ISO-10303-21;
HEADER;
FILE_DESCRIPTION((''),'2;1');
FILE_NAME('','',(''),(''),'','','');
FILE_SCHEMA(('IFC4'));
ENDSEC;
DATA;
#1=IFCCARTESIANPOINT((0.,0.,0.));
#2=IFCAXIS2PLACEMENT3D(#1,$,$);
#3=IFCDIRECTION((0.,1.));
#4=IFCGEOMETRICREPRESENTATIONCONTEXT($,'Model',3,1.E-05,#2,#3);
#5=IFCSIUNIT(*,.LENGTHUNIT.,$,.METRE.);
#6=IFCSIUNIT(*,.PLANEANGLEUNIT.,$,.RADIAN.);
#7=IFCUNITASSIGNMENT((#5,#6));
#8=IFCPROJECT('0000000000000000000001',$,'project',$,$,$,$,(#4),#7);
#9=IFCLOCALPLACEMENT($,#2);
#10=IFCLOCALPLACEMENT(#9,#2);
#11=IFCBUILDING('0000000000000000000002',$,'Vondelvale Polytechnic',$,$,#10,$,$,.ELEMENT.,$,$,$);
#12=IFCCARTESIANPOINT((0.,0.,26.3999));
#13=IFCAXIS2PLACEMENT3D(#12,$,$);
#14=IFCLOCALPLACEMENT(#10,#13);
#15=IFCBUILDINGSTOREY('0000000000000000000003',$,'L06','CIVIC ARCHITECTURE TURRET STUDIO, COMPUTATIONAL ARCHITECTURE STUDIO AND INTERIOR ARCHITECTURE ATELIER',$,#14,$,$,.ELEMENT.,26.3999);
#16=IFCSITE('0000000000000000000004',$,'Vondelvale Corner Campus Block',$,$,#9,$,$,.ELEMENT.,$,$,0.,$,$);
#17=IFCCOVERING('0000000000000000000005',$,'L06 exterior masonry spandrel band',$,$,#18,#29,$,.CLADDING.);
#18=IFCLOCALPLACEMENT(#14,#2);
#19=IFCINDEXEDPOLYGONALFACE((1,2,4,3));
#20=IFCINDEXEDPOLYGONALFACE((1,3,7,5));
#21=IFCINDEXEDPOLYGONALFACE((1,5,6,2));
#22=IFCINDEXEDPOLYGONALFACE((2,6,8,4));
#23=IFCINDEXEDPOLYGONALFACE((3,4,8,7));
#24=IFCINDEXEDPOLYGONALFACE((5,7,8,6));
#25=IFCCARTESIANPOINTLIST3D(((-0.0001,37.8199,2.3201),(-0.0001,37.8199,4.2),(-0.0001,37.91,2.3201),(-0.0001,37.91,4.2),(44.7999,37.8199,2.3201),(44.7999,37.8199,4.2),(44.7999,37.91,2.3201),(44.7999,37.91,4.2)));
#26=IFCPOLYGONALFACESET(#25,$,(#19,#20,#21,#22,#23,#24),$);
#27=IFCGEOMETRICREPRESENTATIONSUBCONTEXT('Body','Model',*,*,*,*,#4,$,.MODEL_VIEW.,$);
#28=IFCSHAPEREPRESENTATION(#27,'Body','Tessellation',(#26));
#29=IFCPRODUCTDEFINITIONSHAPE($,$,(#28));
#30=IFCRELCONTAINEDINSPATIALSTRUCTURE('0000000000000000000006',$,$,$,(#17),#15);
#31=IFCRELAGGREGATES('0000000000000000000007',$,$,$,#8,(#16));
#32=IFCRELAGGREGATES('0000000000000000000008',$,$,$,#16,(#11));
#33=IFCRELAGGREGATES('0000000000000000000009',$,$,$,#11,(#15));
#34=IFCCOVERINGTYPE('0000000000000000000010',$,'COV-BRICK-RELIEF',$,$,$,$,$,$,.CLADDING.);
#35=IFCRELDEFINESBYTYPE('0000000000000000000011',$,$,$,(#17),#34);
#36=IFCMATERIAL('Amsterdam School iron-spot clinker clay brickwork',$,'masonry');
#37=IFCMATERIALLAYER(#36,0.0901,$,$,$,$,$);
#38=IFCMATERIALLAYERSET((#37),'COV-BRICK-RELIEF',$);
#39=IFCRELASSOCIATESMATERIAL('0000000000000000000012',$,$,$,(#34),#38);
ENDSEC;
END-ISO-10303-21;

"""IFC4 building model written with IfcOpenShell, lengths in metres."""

from ifc_helpers import new_model, si_unit, direction, frame, origin, origin_2d, place, context, subcontext, project, spatial, rectangle, extrude, material, layer, layer_set, type_object, element, save


model = new_model("IFC4")

# Units and contexts
model_context = context("Model", 3, precision=1e-05, world=origin(), true_north=direction((0.0, 1.0)))
body_context = subcontext(model_context, "Body", "Model", "MODEL_VIEW")
ifc_project = project(units=[si_unit("LENGTHUNIT", "METRE"), si_unit("PLANEANGLEUNIT", "RADIAN")], contexts=[model_context])

# Site, building, storey
site_placement = place(None, origin())
site = spatial("IfcSite", under=ifc_project, at=site_placement, Name="Vondelvale Corner Campus Block", CompositionType="ELEMENT", RefElevation=0.0)
building_placement = place(site_placement, origin())
building = spatial("IfcBuilding", under=site, at=building_placement, Name="Vondelvale Polytechnic", CompositionType="ELEMENT")
storey_placement = place(building_placement, frame((0.0, 0.0, 26.3999)))
storey = spatial("IfcBuildingStorey", under=building, at=storey_placement, Name="L06", Description="CIVIC ARCHITECTURE TURRET STUDIO, COMPUTATIONAL ARCHITECTURE STUDIO AND INTERIOR ARCHITECTURE ATELIER", CompositionType="ELEMENT", Elevation=26.3999)

# Shared definitions
ifc_material_1 = material(Name="Amsterdam School iron-spot clinker clay brickwork", Category="masonry")

# Covering
ifc_layer_1 = layer(ifc_material_1, 0.0901)
ifc_layer_set_1 = layer_set([ifc_layer_1], Name="COV-BRICK-RELIEF")
covering_type = type_object("IfcCoveringType", Name="COV-BRICK-RELIEF", PredefinedType="CLADDING", material=ifc_layer_set_1)
covering_placement = place(storey_placement, frame((22.3999, 37.865, 2.3201), z_axis=(0.0, 0.0, 1.0), x_axis=(1.0, 0.0, 0.0)))
element("IfcCovering", 1, at=covering_placement, inside=storey, type_object=covering_type, Name="L06 exterior masonry spandrel band", PredefinedType="CLADDING", context=body_context, shape_type="SweptSolid", body=[
    extrude(rectangle(XDim=44.8, YDim=0.0901, at=origin_2d()), origin(), (0.0, 0.0, 1.0), 1.8799),
])

save(model, "model.ifc")
